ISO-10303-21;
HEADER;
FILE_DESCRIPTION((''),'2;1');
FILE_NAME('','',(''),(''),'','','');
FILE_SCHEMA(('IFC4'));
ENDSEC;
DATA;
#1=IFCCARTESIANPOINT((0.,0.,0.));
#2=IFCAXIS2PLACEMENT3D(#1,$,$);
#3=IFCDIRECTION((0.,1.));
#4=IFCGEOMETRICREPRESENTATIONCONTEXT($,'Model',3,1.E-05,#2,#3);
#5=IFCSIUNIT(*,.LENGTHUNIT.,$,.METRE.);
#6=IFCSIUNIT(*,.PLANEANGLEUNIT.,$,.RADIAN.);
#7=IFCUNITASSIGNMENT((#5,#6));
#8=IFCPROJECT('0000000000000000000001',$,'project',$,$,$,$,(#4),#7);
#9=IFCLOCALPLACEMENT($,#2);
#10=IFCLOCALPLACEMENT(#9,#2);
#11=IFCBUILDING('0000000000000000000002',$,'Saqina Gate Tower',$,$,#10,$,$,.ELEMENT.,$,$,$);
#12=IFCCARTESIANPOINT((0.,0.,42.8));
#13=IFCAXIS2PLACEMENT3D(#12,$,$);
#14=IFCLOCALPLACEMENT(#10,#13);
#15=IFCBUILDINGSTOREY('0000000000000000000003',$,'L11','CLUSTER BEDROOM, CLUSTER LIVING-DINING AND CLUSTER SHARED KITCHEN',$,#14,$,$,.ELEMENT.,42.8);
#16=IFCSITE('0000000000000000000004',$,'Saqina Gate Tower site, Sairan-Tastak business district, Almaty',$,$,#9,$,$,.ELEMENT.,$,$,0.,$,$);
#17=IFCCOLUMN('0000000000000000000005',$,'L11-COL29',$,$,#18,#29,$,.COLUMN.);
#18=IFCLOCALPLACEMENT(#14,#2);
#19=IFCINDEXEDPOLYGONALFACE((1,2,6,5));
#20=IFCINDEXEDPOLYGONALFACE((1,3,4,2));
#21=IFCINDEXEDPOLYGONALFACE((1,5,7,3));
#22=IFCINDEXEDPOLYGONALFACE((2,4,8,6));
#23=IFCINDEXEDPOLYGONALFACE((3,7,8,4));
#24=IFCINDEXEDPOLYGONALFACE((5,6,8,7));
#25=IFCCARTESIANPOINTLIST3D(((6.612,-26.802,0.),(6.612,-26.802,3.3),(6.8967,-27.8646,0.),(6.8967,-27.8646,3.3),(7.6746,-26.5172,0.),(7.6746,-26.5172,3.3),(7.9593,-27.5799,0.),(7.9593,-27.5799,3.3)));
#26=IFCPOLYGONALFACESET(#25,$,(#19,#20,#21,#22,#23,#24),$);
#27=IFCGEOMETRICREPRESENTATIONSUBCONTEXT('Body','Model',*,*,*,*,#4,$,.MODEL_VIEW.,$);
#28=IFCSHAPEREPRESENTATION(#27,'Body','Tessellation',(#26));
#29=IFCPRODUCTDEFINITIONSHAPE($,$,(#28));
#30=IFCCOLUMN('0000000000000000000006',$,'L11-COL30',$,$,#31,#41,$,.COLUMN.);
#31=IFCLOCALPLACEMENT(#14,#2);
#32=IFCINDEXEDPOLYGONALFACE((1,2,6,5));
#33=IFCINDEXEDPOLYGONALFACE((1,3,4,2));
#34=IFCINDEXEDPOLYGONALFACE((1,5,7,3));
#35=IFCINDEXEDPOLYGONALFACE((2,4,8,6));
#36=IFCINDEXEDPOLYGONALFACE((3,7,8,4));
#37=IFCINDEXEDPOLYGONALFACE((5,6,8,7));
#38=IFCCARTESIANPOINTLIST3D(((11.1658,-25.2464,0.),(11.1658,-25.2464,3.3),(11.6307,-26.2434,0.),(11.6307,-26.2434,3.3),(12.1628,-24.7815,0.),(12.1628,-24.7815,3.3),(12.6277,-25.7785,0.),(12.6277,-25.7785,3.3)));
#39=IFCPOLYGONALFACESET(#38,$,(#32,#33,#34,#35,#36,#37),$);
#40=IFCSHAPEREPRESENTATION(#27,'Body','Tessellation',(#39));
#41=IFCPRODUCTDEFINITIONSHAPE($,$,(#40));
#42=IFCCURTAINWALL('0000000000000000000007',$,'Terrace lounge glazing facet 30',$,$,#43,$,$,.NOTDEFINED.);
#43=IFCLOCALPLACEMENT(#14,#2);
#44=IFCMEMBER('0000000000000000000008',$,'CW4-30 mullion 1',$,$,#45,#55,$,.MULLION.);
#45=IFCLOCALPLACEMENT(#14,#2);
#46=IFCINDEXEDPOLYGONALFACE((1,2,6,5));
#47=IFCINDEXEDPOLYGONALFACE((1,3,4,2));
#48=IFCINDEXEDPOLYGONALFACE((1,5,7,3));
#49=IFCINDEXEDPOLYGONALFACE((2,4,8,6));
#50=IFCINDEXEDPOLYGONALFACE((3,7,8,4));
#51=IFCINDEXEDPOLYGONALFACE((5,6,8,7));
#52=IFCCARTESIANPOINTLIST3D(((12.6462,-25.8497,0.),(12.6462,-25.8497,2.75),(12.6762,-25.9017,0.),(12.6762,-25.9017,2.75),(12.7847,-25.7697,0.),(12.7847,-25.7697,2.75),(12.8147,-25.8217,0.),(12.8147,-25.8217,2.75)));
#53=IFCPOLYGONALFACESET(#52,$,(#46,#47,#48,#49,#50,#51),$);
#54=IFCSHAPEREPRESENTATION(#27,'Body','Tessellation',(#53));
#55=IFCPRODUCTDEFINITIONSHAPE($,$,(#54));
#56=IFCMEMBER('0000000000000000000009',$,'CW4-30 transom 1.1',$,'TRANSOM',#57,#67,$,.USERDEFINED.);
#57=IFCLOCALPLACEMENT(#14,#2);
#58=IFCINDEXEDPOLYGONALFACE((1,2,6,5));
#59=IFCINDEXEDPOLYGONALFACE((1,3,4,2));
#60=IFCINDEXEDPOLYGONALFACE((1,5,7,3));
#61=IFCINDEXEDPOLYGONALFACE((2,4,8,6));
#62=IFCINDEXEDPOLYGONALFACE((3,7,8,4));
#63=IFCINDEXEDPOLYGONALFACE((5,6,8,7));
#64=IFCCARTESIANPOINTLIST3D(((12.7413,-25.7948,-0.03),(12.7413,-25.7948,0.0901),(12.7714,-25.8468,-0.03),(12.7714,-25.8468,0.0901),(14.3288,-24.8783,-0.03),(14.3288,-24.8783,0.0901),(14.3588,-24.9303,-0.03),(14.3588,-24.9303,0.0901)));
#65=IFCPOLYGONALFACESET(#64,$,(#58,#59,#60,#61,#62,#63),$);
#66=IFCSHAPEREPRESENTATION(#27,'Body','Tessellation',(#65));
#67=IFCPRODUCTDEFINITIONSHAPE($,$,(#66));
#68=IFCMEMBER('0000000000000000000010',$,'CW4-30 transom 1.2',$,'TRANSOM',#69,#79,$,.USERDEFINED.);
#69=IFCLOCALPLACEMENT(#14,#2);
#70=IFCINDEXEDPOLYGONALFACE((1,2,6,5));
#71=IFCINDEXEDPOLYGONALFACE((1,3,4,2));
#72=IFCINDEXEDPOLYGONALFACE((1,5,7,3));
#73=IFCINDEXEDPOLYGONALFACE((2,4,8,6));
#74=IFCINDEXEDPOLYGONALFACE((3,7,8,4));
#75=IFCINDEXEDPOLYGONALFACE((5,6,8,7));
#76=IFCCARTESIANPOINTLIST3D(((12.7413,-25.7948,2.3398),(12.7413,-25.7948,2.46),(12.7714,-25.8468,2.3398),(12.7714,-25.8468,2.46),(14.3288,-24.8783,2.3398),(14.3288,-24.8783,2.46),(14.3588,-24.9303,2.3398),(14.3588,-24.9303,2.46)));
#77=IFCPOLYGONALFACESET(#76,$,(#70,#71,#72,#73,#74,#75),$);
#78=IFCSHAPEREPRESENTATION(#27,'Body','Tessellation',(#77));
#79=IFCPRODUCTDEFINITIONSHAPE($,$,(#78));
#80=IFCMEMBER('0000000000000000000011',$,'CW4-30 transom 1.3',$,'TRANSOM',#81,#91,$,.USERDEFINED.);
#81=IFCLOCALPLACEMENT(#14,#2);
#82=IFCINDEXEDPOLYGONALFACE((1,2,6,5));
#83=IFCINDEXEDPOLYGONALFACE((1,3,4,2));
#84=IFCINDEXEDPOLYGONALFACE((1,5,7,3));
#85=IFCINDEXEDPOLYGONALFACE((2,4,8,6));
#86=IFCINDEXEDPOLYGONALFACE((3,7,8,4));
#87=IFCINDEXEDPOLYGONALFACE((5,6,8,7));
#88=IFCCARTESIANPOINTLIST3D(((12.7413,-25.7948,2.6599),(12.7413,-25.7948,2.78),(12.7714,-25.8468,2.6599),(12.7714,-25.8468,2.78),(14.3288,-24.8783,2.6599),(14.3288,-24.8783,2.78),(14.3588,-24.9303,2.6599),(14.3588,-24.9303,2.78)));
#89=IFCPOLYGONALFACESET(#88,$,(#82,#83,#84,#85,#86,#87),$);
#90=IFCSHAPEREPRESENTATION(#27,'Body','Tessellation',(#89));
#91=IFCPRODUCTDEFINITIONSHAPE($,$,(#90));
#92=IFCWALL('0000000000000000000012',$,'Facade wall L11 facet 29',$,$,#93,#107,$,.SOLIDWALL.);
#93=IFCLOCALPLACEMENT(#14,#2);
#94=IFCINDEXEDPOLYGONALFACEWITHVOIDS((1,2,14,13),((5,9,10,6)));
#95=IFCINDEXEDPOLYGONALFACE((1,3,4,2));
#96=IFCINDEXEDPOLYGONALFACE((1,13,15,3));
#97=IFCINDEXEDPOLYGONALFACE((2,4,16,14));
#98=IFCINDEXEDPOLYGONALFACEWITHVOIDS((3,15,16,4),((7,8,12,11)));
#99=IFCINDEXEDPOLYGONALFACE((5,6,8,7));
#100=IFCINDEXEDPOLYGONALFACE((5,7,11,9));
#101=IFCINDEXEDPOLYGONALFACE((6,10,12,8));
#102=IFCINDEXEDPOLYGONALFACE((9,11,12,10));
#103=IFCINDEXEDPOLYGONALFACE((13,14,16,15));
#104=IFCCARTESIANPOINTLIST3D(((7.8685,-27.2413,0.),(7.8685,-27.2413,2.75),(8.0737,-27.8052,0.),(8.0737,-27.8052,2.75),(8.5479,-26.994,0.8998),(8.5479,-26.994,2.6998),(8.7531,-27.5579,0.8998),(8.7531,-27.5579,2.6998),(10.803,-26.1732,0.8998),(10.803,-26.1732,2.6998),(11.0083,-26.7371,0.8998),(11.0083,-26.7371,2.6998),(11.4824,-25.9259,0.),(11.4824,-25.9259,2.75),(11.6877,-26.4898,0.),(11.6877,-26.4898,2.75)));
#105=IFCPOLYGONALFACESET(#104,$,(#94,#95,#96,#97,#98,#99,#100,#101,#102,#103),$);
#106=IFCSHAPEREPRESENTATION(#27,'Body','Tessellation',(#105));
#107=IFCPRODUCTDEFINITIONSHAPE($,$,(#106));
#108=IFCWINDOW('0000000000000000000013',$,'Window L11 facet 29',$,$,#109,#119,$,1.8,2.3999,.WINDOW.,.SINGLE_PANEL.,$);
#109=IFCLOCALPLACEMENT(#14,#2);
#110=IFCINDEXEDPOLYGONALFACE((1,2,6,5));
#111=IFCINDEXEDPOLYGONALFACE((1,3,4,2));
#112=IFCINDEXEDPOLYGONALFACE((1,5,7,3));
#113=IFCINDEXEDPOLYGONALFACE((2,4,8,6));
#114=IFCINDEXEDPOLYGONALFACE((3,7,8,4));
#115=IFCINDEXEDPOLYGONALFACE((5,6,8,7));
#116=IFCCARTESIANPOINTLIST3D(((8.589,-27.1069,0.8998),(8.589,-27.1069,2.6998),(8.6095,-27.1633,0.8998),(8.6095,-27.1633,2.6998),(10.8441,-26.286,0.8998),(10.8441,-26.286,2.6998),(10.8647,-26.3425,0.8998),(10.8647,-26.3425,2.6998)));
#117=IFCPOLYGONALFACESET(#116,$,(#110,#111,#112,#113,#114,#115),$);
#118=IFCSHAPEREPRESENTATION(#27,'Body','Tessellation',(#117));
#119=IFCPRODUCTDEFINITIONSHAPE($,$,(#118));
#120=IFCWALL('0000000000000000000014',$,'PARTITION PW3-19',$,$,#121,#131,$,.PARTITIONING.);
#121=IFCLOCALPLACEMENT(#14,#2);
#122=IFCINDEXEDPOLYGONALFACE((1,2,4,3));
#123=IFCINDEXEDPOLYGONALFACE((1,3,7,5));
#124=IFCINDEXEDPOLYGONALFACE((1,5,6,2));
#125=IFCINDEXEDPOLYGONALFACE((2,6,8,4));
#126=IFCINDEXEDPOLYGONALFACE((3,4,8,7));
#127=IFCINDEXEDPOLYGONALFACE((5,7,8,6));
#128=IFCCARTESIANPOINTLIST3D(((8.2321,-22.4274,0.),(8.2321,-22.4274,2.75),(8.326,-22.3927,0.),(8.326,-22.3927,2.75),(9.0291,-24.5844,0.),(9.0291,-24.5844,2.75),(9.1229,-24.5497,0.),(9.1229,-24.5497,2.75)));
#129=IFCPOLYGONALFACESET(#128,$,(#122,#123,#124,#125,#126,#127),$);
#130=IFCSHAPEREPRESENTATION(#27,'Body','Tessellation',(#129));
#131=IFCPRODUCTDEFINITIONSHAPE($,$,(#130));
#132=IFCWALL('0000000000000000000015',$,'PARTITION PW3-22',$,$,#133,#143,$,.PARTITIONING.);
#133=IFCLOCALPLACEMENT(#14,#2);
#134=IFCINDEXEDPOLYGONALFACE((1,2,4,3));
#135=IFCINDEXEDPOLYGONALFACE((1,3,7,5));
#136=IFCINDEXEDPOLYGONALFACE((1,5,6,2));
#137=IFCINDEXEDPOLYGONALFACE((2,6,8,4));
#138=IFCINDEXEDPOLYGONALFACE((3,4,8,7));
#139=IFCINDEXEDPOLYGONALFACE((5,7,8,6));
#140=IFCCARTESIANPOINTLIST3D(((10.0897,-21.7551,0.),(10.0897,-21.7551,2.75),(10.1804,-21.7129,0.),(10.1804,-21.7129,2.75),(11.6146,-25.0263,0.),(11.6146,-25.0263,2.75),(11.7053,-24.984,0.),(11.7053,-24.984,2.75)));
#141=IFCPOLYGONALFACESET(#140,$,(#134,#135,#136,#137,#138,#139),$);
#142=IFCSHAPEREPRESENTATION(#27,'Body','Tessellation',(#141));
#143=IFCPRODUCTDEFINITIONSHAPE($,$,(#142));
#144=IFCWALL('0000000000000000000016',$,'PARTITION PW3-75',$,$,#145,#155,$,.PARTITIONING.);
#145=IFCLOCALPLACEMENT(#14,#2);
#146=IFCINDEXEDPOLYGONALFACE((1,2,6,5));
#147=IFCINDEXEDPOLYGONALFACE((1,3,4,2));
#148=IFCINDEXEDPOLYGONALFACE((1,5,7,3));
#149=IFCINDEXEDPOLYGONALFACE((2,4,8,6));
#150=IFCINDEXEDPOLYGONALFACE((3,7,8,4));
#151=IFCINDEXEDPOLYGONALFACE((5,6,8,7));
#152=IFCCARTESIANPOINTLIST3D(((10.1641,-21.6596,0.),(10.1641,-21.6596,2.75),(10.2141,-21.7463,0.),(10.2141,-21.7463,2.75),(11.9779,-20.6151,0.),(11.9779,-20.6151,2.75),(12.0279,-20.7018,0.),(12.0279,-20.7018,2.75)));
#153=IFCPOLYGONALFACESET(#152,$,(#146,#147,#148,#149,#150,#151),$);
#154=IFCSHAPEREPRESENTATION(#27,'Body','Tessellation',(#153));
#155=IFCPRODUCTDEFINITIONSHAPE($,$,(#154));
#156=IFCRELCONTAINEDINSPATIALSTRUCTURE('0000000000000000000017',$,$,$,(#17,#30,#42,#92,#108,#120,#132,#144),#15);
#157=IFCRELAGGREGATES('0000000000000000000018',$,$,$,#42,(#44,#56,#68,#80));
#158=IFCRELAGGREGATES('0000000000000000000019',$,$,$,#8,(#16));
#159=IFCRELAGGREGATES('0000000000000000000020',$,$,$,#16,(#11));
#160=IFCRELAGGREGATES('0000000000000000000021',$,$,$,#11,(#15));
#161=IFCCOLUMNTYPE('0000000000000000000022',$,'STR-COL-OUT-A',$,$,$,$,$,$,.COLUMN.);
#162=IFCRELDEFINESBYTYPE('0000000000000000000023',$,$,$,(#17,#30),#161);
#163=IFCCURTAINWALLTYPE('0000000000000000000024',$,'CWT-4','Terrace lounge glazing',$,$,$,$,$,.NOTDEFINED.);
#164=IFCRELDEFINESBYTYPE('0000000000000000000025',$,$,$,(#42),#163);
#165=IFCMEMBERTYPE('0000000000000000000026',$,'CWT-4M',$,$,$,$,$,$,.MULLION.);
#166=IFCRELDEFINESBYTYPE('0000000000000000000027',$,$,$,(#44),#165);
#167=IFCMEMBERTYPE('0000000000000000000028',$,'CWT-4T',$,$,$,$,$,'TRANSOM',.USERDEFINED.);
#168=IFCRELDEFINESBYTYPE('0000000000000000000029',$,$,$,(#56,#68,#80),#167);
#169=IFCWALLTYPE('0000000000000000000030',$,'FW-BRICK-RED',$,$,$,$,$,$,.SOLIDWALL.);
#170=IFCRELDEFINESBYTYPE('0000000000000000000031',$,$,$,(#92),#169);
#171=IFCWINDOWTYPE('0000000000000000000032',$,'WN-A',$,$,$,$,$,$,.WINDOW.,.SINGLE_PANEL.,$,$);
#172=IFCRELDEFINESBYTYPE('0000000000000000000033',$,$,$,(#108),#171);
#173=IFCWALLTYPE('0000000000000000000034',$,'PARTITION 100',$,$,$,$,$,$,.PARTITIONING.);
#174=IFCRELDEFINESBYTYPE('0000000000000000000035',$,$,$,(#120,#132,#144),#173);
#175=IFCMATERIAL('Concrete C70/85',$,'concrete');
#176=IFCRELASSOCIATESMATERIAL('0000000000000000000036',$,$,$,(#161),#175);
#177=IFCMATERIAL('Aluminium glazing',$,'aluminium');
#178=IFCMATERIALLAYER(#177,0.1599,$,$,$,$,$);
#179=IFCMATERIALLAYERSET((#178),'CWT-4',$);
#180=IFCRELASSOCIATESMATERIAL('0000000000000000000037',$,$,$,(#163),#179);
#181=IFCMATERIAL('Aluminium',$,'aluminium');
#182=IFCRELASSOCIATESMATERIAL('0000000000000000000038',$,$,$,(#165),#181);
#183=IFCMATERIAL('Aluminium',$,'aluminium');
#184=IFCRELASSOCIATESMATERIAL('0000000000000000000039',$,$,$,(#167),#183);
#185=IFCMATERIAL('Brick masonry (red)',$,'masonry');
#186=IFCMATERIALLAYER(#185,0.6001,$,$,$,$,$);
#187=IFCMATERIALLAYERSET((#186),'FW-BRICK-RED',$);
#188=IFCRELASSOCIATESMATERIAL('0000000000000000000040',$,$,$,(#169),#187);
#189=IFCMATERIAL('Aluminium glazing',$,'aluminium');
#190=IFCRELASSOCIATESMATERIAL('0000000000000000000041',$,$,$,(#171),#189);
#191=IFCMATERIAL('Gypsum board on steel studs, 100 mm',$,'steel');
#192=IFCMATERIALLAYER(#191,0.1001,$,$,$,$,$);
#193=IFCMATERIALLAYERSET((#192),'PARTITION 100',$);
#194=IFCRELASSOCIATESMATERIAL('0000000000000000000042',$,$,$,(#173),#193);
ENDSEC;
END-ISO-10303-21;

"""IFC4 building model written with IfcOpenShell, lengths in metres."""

from ifc_helpers import new_model, si_unit, direction, frame, frame_2d, origin, origin_2d, place, context, subcontext, project, spatial, rectangle, extrude, material, layer, layer_set, material_profile, profile_set, type_object, element, fill, aggregate, save


model = new_model("IFC4")

# Units and contexts
model_context = context("Model", 3, precision=1e-05, world=origin(), true_north=direction((0.0, 1.0)))
body_context = subcontext(model_context, "Body", "Model", "MODEL_VIEW")
ifc_project = project(units=[si_unit("LENGTHUNIT", "METRE"), si_unit("PLANEANGLEUNIT", "RADIAN")], contexts=[model_context])

# Site, building, storey
site_placement = place(None, origin())
site = spatial("IfcSite", under=ifc_project, at=site_placement, Name="Saqina Gate Tower site, Sairan-Tastak business district, Almaty", CompositionType="ELEMENT", RefElevation=0.0)
building_placement = place(site_placement, origin())
building = spatial("IfcBuilding", under=site, at=building_placement, Name="Saqina Gate Tower", CompositionType="ELEMENT")
storey_placement = place(building_placement, frame((0.0, 0.0, 42.8)))
storey = spatial("IfcBuildingStorey", under=building, at=storey_placement, Name="L11", Description="CLUSTER BEDROOM, CLUSTER LIVING-DINING AND CLUSTER SHARED KITCHEN", CompositionType="ELEMENT", Elevation=42.8)

# Columns
ifc_material_1 = material(Name="Concrete C70/85", Category="concrete")
ifc_material_profile_1 = material_profile(ifc_material_1, rectangle(XDim=1.1001, YDim=1.1001, at=origin_2d()), Name="RC 1100x1100")
ifc_profile_set_1 = profile_set([ifc_material_profile_1], Name="Concrete C70/85")
column_type = type_object("IfcColumnType", Name="STR-COL-OUT-A", PredefinedType="COLUMN", material=ifc_profile_set_1)
for number, where, z_axis, x_axis, name in (
    (1, (7.2856, -27.1909, 0.0), (0.0, 0.0, 1.0), (0.258819, -0.965926, 0.0), "L11-COL29"),
    (2, (11.8967, -25.5125, 0.0), (0.0, 0.0, 1.0), (0.422618, -0.906308, 0.0), "L11-COL30"),
):
    element("IfcColumn", number, at=place(storey_placement, frame(where, z_axis=z_axis, x_axis=x_axis)), inside=storey, type_object=column_type, Name=name, PredefinedType="COLUMN", context=body_context, shape_type="SweptSolid", body=[
        extrude(rectangle(XDim=1.1001, YDim=1.1001, at=origin_2d()), origin(), (0.0, 0.0, 1.0), 3.3),
    ])

# Curtain wall, members
ifc_material_2 = material(Name="Aluminium glazing", Category="aluminium")
ifc_layer_1 = layer(ifc_material_2, 0.1599)
ifc_layer_set_1 = layer_set([ifc_layer_1], Name="CWT-4")
curtain_wall_type = type_object("IfcCurtainWallType", Name="CWT-4", Description="Terrace lounge glazing", PredefinedType="NOTDEFINED", material=ifc_layer_set_1)
curtain_wall_placement = place(storey_placement, origin())
curtain_wall = element("IfcCurtainWall", 3, at=curtain_wall_placement, inside=storey, type_object=curtain_wall_type, Name="Terrace lounge glazing facet 30", PredefinedType="NOTDEFINED")
ifc_material_3 = material(Name="Aluminium", Category="aluminium")
ifc_material_profile_2 = material_profile(ifc_material_3, rectangle(XDim=0.0601, YDim=0.1599, at=origin_2d()), Name="Aluminium 60x160")
ifc_profile_set_2 = profile_set([ifc_material_profile_2], Name="Aluminium")
member_type_1 = type_object("IfcMemberType", Name="CWT-4M", PredefinedType="MULLION", material=ifc_profile_set_2)
member_1_placement = place(storey_placement, frame((12.7305, -25.8357, 0.0), z_axis=(0.0, 0.0, 1.0), x_axis=(-0.499996, 0.866028, 0.0)))
member_1 = element("IfcMember", 4, at=member_1_placement, type_object=member_type_1, Name="CW4-30 mullion 1", PredefinedType="MULLION", context=body_context, shape_type="SweptSolid", body=[
    extrude(rectangle(XDim=0.0601, YDim=0.1599, at=origin_2d()), origin(), (0.0, 0.0, 1.0), 2.75),
])
ifc_material_4 = material(Name="Aluminium", Category="aluminium")
ifc_material_profile_3 = material_profile(ifc_material_4, rectangle(XDim=0.0601, YDim=0.1201, at=origin_2d()), Name="Aluminium 60x120")
ifc_profile_set_3 = profile_set([ifc_material_profile_3], Name="Aluminium")
member_type_2 = type_object("IfcMemberType", Name="CWT-4T", ElementType="TRANSOM", PredefinedType="USERDEFINED", material=ifc_profile_set_3)
member_2_placement = place(storey_placement, frame((12.7563, -25.8208, 0.03), z_axis=(0.866021, 0.500007, 0.0), x_axis=(-0.500007, 0.866021, 0.0)))
member_2 = element("IfcMember", 5, at=member_2_placement, type_object=member_type_2, Name="CW4-30 transom 1.1", ObjectType="TRANSOM", PredefinedType="USERDEFINED", context=body_context, shape_type="SweptSolid", body=[
    extrude(rectangle(XDim=0.0601, YDim=0.1201, at=origin_2d()), origin(), (0.0, 0.0, 1.0), 1.833),
])
member_3_placement = place(storey_placement, frame((12.7563, -25.8208, 2.3999), z_axis=(0.866021, 0.500007, 0.0), x_axis=(-0.500007, 0.866021, 0.0)))
member_3 = element("IfcMember", 6, at=member_3_placement, type_object=member_type_2, Name="CW4-30 transom 1.2", ObjectType="TRANSOM", PredefinedType="USERDEFINED", context=body_context, shape_type="SweptSolid", body=[
    extrude(rectangle(XDim=0.0601, YDim=0.1201, at=origin_2d()), origin(), (0.0, 0.0, 1.0), 1.833),
])
member_4_placement = place(storey_placement, frame((12.7563, -25.8208, 2.72), z_axis=(0.866021, 0.500007, 0.0), x_axis=(-0.500007, 0.866021, 0.0)))
member_4 = element("IfcMember", 7, at=member_4_placement, type_object=member_type_2, Name="CW4-30 transom 1.3", ObjectType="TRANSOM", PredefinedType="USERDEFINED", context=body_context, shape_type="SweptSolid", body=[
    extrude(rectangle(XDim=0.0601, YDim=0.1201, at=origin_2d()), origin(), (0.0, 0.0, 1.0), 1.833),
])
aggregate(curtain_wall, [member_1, member_2, member_3, member_4])

# Wall, opening, window
ifc_material_5 = material(Name="Brick masonry (red)", Category="masonry")
ifc_layer_2 = layer(ifc_material_5, 0.6001)
ifc_layer_set_2 = layer_set([ifc_layer_2], Name="FW-BRICK-RED")
wall_type_1 = type_object("IfcWallType", Name="FW-BRICK-RED", PredefinedType="SOLIDWALL", material=ifc_layer_set_2)
wall_1_placement = place(storey_placement, frame((7.9712, -27.5232, 0.0), z_axis=(0.0, 0.0, 1.0), x_axis=(0.93969, 0.342028, 0.0)))
wall_1 = element("IfcWall", 8, at=wall_1_placement, inside=storey, type_object=wall_type_1, Name="Facade wall L11 facet 29", PredefinedType="SOLIDWALL", context=body_context, shape_type="SweptSolid", body=[
    extrude(rectangle(XDim=3.8459, YDim=0.6001, at=frame_2d((1.9229, 0.0))), origin(), (0.0, 0.0, 1.0), 2.75),
])
opening_1_placement = place(wall_1_placement, frame((0.7229, 0.0, 0.8999)))
opening_1 = element("IfcOpeningElement", 9, at=opening_1_placement, cuts=wall_1, PredefinedType="OPENING", context=body_context, shape_type="SweptSolid", body=[
    extrude(rectangle(XDim=2.3999, YDim=1.8, at=frame_2d((1.2, 0.8999))), frame((0.0, 0.312, 0.0), z_axis=(0.0, -1.0, 0.0), x_axis=(1.0, 0.0, 0.0)), (0.0, 0.0, 1.0), 0.624),
])
ifc_material_6 = material(Name="Aluminium glazing", Category="aluminium")
window_type = type_object("IfcWindowType", Name="WN-A", PartitioningType="SINGLE_PANEL", PredefinedType="WINDOW", material=ifc_material_6)
window_placement = place(opening_1_placement, origin())
window = element("IfcWindow", 10, at=window_placement, inside=storey, type_object=window_type, Name="Window L11 facet 29", OverallHeight=1.8, OverallWidth=2.3999, PartitioningType="SINGLE_PANEL", PredefinedType="WINDOW", context=body_context, shape_type="SweptSolid", body=[
    extrude(rectangle(XDim=2.3999, YDim=1.8, at=frame_2d((1.2, 0.8999))), frame((0.0, 0.1799, 0.0), z_axis=(0.0, -1.0, 0.0), x_axis=(1.0, 0.0, 0.0)), (0.0, 0.0, 1.0), 0.0601),
])
fill(opening_1, window)

# Walls
ifc_material_7 = material(Name="Gypsum board on steel studs, 100 mm", Category="steel")
ifc_layer_3 = layer(ifc_material_7, 0.1001)
ifc_layer_set_3 = layer_set([ifc_layer_3], Name="PARTITION 100")
wall_type_2 = type_object("IfcWallType", Name="PARTITION 100", PredefinedType="PARTITIONING", material=ifc_layer_set_3)
wall_2_placement = place(storey_placement, frame((8.2791, -22.4099, 0.0), z_axis=(0.0, 0.0, 1.0), x_axis=(0.346547, -0.938033, 0.0)))
element("IfcWall", 11, at=wall_2_placement, inside=storey, type_object=wall_type_2, Name="PARTITION PW3-19", PredefinedType="PARTITIONING", context=body_context, shape_type="SweptSolid", body=[
    extrude(rectangle(XDim=2.2996, YDim=0.1001, at=frame_2d((1.1499, 0.0))), origin(), (0.0, 0.0, 1.0), 2.75),
])
wall_3_placement = place(storey_placement, frame((10.135, -21.7339, 0.0), z_axis=(0.0, 0.0, 1.0), x_axis=(0.422504, -0.906361, 0.0)))
element("IfcWall", 12, at=wall_3_placement, inside=storey, type_object=wall_type_2, Name="PARTITION PW3-22", PredefinedType="PARTITIONING", context=body_context, shape_type="SweptSolid", body=[
    extrude(rectangle(XDim=3.6091, YDim=0.1001, at=frame_2d((1.8047, 0.0))), origin(), (0.0, 0.0, 1.0), 2.75),
])
wall_4_placement = place(storey_placement, frame((10.1892, -21.7029, 0.0), z_axis=(0.0, 0.0, 1.0), x_axis=(0.866587, 0.499026, 0.0)))
element("IfcWall", 13, at=wall_4_placement, inside=storey, type_object=wall_type_2, Name="PARTITION PW3-75", PredefinedType="PARTITIONING", context=body_context, shape_type="SweptSolid", body=[
    extrude(rectangle(XDim=2.093, YDim=0.1001, at=frame_2d((1.0464, 0.0))), origin(), (0.0, 0.0, 1.0), 2.75),
])

save(model, "model.ifc")
